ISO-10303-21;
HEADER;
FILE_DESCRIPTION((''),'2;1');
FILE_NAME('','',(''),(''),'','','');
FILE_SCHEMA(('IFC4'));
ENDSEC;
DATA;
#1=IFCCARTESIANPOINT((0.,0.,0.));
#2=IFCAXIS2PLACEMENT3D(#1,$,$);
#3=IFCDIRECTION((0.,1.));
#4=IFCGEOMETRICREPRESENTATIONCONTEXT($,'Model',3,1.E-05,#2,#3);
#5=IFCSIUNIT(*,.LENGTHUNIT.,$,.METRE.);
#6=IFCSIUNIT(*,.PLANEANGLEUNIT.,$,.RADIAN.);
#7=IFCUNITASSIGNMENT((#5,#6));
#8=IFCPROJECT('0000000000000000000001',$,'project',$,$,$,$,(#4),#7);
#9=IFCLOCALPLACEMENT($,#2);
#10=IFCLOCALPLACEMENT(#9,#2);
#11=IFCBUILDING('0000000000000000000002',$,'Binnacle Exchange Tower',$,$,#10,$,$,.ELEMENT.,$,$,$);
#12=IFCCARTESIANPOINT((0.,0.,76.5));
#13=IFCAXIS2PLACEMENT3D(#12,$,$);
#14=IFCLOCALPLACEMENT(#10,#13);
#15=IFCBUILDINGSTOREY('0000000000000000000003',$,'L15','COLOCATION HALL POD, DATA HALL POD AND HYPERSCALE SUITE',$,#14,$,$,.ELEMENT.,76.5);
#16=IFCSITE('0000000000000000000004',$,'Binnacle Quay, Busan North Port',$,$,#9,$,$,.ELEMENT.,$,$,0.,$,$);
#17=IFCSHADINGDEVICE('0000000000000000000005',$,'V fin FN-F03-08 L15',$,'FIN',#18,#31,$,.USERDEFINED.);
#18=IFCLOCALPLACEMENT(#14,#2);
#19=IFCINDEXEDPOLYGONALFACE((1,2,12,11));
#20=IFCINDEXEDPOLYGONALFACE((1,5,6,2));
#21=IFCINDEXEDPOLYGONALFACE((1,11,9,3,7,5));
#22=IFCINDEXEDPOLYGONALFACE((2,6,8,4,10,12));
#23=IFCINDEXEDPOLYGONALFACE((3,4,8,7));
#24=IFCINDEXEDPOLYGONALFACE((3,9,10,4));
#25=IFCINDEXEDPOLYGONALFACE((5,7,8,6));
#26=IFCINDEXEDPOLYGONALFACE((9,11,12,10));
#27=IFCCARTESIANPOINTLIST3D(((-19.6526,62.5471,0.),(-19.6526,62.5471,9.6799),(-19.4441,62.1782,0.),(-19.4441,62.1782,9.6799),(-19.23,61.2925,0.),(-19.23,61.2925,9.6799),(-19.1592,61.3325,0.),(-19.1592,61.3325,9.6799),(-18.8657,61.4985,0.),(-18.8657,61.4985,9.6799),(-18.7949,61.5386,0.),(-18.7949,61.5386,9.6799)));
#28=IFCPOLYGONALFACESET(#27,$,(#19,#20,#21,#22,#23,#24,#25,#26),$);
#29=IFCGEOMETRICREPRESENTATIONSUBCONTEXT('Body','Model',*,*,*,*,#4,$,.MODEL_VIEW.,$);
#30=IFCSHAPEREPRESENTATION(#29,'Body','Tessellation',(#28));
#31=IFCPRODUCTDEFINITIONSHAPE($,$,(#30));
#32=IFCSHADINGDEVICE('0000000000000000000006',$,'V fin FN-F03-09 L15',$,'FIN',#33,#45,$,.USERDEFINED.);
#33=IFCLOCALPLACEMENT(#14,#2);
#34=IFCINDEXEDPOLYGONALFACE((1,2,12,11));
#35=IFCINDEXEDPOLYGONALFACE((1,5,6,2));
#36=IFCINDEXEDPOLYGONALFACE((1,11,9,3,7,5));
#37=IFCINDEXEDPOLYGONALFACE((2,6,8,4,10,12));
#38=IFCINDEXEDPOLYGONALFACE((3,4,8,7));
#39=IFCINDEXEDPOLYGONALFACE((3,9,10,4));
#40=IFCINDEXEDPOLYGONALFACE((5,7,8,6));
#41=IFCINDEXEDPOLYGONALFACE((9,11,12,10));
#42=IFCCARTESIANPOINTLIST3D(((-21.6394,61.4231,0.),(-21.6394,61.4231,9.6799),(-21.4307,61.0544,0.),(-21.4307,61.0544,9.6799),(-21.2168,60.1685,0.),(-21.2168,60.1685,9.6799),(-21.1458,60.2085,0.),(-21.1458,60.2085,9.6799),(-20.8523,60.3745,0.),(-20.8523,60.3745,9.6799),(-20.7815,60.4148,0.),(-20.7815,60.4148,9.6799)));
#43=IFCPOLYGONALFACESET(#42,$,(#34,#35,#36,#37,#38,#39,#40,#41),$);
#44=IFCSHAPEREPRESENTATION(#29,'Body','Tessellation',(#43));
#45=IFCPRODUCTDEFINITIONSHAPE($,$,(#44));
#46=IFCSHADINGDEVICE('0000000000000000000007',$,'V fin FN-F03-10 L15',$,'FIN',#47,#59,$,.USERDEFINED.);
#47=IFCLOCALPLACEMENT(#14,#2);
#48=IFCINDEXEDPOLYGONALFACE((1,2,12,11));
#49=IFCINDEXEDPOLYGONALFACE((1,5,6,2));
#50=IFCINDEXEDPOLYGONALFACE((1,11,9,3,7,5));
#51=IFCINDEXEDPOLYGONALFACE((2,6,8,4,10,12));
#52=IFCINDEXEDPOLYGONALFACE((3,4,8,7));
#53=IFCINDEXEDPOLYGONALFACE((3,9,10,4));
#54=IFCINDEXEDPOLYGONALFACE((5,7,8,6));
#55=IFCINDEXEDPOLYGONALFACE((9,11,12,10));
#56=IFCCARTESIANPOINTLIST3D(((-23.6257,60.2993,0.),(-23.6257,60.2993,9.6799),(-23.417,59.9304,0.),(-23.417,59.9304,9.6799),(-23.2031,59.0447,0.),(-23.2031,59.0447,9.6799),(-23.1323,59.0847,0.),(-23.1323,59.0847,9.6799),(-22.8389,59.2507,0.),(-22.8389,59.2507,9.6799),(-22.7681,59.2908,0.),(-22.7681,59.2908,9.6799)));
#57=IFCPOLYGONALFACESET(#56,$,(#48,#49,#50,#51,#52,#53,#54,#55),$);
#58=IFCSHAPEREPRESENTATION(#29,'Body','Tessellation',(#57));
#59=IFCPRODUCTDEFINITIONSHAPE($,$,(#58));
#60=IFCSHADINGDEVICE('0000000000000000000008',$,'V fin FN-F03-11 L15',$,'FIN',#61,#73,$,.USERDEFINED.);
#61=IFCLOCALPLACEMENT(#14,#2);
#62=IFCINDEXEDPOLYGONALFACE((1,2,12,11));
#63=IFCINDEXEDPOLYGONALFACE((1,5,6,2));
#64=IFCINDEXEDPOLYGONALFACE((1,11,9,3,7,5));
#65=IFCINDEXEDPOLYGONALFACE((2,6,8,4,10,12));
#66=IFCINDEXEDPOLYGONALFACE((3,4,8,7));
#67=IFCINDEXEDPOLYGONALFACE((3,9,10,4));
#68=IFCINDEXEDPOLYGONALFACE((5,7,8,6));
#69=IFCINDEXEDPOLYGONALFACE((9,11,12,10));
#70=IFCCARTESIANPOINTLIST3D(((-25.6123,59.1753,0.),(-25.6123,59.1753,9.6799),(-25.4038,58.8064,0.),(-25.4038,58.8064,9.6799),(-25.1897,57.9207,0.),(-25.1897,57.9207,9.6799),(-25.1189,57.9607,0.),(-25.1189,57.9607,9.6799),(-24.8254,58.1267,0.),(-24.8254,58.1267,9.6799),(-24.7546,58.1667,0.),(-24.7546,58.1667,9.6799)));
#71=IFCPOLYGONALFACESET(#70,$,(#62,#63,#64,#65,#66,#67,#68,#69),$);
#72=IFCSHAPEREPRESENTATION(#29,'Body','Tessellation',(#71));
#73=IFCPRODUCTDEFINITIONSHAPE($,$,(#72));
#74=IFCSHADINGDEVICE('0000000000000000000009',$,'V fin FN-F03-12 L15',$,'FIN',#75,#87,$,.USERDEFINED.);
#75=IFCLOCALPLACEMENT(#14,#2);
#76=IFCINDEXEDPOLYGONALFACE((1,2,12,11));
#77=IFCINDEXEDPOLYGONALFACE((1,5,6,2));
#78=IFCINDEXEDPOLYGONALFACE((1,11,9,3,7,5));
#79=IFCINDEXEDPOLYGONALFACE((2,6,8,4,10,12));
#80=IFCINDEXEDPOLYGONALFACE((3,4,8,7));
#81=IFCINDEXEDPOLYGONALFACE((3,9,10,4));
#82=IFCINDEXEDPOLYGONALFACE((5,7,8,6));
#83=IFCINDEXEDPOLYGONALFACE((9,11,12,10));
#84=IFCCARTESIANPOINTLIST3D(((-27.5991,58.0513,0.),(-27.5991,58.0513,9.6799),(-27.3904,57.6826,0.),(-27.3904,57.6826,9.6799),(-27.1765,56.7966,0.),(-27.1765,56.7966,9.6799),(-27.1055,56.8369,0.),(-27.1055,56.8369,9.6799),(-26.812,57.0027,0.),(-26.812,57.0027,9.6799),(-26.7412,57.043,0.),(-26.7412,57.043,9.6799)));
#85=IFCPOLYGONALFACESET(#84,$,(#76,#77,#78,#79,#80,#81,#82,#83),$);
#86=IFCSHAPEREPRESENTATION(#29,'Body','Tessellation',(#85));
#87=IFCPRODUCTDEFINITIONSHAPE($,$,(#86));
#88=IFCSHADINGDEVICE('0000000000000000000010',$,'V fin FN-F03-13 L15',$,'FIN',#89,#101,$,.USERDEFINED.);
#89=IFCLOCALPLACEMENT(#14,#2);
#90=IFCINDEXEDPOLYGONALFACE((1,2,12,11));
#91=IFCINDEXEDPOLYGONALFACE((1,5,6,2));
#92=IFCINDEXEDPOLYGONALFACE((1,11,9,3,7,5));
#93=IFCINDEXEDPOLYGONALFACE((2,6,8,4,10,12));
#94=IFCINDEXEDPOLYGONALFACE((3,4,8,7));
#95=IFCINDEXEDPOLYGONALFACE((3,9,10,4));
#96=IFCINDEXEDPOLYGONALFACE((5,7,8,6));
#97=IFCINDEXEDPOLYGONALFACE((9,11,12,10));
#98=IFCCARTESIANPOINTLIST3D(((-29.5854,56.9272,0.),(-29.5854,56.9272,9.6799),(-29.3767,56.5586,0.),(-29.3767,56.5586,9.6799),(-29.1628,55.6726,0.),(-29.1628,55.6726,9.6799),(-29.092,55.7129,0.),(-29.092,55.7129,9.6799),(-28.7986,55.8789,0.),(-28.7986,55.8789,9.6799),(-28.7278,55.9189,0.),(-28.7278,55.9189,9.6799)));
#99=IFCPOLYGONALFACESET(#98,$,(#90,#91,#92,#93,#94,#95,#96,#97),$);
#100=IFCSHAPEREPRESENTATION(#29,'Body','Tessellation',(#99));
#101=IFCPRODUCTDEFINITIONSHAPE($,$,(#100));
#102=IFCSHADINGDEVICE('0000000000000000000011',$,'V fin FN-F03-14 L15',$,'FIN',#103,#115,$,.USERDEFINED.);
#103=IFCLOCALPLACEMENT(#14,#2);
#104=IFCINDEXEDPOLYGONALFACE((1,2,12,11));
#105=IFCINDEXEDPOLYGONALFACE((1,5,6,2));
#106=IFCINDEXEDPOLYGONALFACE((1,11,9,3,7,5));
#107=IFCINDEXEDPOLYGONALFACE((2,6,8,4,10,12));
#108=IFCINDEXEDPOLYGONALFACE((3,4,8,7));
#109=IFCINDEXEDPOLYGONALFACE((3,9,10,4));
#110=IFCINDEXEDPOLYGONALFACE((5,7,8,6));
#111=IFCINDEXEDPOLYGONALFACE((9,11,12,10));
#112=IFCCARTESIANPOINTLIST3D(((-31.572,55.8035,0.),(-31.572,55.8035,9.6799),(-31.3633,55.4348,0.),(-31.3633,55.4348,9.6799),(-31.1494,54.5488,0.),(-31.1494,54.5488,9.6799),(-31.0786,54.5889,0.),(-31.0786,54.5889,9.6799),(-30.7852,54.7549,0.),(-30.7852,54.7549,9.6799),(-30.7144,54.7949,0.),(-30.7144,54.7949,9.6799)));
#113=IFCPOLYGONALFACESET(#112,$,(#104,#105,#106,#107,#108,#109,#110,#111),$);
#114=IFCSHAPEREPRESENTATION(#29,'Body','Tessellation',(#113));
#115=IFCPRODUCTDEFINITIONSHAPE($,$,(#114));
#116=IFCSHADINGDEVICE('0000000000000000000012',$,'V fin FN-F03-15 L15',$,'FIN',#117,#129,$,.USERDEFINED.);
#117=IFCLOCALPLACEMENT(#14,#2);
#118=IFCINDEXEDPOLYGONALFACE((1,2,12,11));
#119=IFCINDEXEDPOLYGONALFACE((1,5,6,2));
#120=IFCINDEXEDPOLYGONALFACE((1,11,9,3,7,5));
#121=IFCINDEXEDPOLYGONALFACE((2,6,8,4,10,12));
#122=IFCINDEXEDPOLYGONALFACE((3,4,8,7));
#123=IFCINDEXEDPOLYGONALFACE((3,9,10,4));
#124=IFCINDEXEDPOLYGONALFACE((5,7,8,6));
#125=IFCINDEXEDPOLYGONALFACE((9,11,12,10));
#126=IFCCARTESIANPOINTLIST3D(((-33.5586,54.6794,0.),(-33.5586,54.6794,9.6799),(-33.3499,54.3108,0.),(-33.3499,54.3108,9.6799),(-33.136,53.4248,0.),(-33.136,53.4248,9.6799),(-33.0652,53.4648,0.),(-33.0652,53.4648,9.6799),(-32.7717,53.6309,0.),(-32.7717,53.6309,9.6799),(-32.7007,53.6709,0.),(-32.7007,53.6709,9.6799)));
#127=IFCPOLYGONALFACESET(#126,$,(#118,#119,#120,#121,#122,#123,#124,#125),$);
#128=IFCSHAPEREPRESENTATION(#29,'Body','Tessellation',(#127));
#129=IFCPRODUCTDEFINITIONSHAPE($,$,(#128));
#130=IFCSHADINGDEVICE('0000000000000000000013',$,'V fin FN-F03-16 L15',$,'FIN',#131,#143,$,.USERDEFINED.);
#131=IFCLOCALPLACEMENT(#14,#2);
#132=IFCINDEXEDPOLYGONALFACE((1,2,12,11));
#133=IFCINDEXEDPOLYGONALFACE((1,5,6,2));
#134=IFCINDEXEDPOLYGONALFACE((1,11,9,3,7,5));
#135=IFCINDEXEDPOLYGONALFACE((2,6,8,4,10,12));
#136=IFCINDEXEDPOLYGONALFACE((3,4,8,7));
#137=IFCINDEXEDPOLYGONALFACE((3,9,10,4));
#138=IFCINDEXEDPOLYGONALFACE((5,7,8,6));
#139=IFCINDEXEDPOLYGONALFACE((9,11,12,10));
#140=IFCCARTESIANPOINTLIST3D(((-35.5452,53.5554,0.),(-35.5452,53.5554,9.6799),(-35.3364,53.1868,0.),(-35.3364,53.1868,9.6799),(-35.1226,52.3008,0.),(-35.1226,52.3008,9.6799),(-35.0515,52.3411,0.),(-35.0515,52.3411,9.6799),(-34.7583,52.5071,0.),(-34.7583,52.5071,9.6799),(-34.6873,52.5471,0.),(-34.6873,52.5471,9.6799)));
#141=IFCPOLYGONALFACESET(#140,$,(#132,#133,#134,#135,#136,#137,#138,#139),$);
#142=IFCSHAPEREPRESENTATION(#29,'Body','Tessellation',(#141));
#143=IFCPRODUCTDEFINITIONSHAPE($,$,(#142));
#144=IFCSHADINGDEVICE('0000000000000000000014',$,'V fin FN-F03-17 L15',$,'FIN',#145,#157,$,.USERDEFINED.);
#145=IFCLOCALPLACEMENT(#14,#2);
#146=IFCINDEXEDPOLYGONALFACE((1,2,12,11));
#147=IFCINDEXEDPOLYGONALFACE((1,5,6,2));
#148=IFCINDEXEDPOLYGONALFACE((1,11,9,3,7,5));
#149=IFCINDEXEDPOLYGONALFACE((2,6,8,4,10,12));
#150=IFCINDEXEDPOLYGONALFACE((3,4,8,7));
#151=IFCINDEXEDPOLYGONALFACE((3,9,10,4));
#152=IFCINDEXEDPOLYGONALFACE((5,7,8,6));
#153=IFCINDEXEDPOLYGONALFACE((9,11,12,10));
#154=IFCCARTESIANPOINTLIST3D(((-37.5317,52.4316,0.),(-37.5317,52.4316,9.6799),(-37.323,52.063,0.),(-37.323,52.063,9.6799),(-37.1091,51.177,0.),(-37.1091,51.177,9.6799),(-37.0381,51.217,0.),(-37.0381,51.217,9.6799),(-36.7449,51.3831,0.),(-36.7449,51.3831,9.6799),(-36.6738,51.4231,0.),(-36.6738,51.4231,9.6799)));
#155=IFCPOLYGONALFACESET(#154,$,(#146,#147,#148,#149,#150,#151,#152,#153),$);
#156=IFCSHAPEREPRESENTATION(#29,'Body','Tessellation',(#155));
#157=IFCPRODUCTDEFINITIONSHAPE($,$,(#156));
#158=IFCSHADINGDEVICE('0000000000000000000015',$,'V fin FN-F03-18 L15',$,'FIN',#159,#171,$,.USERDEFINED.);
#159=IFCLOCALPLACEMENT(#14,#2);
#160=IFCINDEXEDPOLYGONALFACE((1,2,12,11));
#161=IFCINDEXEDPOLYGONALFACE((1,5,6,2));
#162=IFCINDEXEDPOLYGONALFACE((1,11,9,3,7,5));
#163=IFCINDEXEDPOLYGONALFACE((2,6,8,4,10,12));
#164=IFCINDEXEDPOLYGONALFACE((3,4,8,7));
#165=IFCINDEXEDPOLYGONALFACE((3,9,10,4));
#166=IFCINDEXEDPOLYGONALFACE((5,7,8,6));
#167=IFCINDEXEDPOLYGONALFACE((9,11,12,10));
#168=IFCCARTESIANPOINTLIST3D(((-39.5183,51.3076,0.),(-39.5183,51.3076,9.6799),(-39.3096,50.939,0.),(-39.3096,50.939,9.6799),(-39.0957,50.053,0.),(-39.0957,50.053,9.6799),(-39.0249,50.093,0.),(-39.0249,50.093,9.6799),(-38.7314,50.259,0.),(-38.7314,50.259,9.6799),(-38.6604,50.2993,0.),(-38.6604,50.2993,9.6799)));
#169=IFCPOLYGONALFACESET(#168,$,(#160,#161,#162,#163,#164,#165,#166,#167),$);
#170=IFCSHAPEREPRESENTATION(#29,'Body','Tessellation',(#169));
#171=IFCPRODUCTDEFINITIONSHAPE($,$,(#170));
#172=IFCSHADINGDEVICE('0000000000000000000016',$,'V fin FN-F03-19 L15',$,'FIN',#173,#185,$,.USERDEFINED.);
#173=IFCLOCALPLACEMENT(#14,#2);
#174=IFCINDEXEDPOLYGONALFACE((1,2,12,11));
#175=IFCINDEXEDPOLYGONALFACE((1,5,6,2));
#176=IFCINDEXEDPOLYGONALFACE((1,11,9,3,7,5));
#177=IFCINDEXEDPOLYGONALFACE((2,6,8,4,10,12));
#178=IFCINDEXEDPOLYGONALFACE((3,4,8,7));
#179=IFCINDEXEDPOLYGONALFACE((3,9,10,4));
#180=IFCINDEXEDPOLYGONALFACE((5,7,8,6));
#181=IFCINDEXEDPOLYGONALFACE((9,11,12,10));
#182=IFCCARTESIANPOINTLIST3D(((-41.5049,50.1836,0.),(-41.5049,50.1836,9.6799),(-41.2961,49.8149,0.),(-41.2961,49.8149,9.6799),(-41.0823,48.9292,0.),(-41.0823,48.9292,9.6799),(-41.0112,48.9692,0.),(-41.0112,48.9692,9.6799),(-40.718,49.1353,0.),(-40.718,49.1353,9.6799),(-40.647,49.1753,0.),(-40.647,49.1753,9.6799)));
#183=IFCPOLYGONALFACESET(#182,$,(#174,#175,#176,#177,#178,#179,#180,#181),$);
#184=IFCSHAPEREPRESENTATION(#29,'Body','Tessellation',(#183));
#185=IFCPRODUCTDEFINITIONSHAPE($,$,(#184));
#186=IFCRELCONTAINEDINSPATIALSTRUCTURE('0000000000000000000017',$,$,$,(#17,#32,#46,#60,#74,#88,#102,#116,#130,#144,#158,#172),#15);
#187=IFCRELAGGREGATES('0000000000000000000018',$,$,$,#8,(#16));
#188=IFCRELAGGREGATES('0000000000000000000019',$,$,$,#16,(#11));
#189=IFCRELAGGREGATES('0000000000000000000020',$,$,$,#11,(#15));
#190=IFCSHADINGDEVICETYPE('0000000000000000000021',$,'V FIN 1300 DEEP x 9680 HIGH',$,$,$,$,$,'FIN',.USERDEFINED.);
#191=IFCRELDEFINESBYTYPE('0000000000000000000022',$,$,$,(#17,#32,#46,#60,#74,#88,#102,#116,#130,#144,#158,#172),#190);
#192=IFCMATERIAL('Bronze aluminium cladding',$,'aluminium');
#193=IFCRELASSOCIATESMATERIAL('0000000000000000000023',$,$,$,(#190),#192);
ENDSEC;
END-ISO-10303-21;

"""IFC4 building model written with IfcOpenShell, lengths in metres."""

from ifc_helpers import new_model, si_unit, direction, frame, origin, place, context, subcontext, project, spatial, polyline, outline, extrude, material, type_object, element, save


model = new_model("IFC4")

# Units and contexts
model_context = context("Model", 3, precision=1e-05, world=origin(), true_north=direction((0.0, 1.0)))
body_context = subcontext(model_context, "Body", "Model", "MODEL_VIEW")
ifc_project = project(units=[si_unit("LENGTHUNIT", "METRE"), si_unit("PLANEANGLEUNIT", "RADIAN")], contexts=[model_context])

# Site, building, storey
site_placement = place(None, origin())
site = spatial("IfcSite", under=ifc_project, at=site_placement, Name="Binnacle Quay, Busan North Port", CompositionType="ELEMENT", RefElevation=0.0)
building_placement = place(site_placement, origin())
building = spatial("IfcBuilding", under=site, at=building_placement, Name="Binnacle Exchange Tower", CompositionType="ELEMENT")
storey_placement = place(building_placement, frame((0.0, 0.0, 76.5)))
storey = spatial("IfcBuildingStorey", under=building, at=storey_placement, Name="L15", Description="COLOCATION HALL POD, DATA HALL POD AND HYPERSCALE SUITE", CompositionType="ELEMENT", Elevation=76.5)

# Shading devices
ifc_material = material(Name="Bronze aluminium cladding", Category="aluminium")
shading_device_type = type_object("IfcShadingDeviceType", Name="V FIN 1300 DEEP x 9680 HIGH", ElementType="FIN", PredefinedType="USERDEFINED", material=ifc_material)
shading_device_1_placement = place(storey_placement, origin())
element("IfcShadingDevice", 1, at=shading_device_1_placement, inside=storey, type_object=shading_device_type, Name="V fin FN-F03-08 L15", ObjectType="FIN", PredefinedType="USERDEFINED", context=body_context, shape_type="SweptSolid", body=[
    extrude(outline(polyline([(-18.7949, 61.5386), (-19.6526, 62.5471), (-19.23, 61.2925), (-19.1592, 61.3325), (-19.4441, 62.1782), (-18.8657, 61.4985), (-18.7949, 61.5386)])), origin(), (0.0, 0.0, 1.0), 9.6799),
])
shading_device_2_placement = place(storey_placement, origin())
element("IfcShadingDevice", 2, at=shading_device_2_placement, inside=storey, type_object=shading_device_type, Name="V fin FN-F03-09 L15", ObjectType="FIN", PredefinedType="USERDEFINED", context=body_context, shape_type="SweptSolid", body=[
    extrude(outline(polyline([(-20.7815, 60.4148), (-21.6394, 61.4231), (-21.2168, 60.1685), (-21.1458, 60.2085), (-21.4307, 61.0544), (-20.8523, 60.3745), (-20.7815, 60.4148)])), origin(), (0.0, 0.0, 1.0), 9.6799),
])
shading_device_3_placement = place(storey_placement, origin())
element("IfcShadingDevice", 3, at=shading_device_3_placement, inside=storey, type_object=shading_device_type, Name="V fin FN-F03-10 L15", ObjectType="FIN", PredefinedType="USERDEFINED", context=body_context, shape_type="SweptSolid", body=[
    extrude(outline(polyline([(-22.7681, 59.2908), (-23.6257, 60.2993), (-23.2031, 59.0447), (-23.1323, 59.0847), (-23.417, 59.9304), (-22.8389, 59.2507), (-22.7681, 59.2908)])), origin(), (0.0, 0.0, 1.0), 9.6799),
])
shading_device_4_placement = place(storey_placement, origin())
element("IfcShadingDevice", 4, at=shading_device_4_placement, inside=storey, type_object=shading_device_type, Name="V fin FN-F03-11 L15", ObjectType="FIN", PredefinedType="USERDEFINED", context=body_context, shape_type="SweptSolid", body=[
    extrude(outline(polyline([(-24.7546, 58.1667), (-25.6123, 59.1753), (-25.1897, 57.9207), (-25.1189, 57.9607), (-25.4038, 58.8064), (-24.8254, 58.1267), (-24.7546, 58.1667)])), origin(), (0.0, 0.0, 1.0), 9.6799),
])
shading_device_5_placement = place(storey_placement, origin())
element("IfcShadingDevice", 5, at=shading_device_5_placement, inside=storey, type_object=shading_device_type, Name="V fin FN-F03-12 L15", ObjectType="FIN", PredefinedType="USERDEFINED", context=body_context, shape_type="SweptSolid", body=[
    extrude(outline(polyline([(-26.7412, 57.043), (-27.5991, 58.0513), (-27.1765, 56.7966), (-27.1055, 56.8369), (-27.3904, 57.6826), (-26.812, 57.0027), (-26.7412, 57.043)])), origin(), (0.0, 0.0, 1.0), 9.6799),
])
shading_device_6_placement = place(storey_placement, origin())
element("IfcShadingDevice", 6, at=shading_device_6_placement, inside=storey, type_object=shading_device_type, Name="V fin FN-F03-13 L15", ObjectType="FIN", PredefinedType="USERDEFINED", context=body_context, shape_type="SweptSolid", body=[
    extrude(outline(polyline([(-28.7278, 55.9189), (-29.5854, 56.9272), (-29.1628, 55.6726), (-29.092, 55.7129), (-29.3767, 56.5586), (-28.7986, 55.8789), (-28.7278, 55.9189)])), origin(), (0.0, 0.0, 1.0), 9.6799),
])
shading_device_7_placement = place(storey_placement, origin())
element("IfcShadingDevice", 7, at=shading_device_7_placement, inside=storey, type_object=shading_device_type, Name="V fin FN-F03-14 L15", ObjectType="FIN", PredefinedType="USERDEFINED", context=body_context, shape_type="SweptSolid", body=[
    extrude(outline(polyline([(-30.7144, 54.7949), (-31.572, 55.8035), (-31.1494, 54.5488), (-31.0786, 54.5889), (-31.3633, 55.4348), (-30.7852, 54.7549), (-30.7144, 54.7949)])), origin(), (0.0, 0.0, 1.0), 9.6799),
])
shading_device_8_placement = place(storey_placement, origin())
element("IfcShadingDevice", 8, at=shading_device_8_placement, inside=storey, type_object=shading_device_type, Name="V fin FN-F03-15 L15", ObjectType="FIN", PredefinedType="USERDEFINED", context=body_context, shape_type="SweptSolid", body=[
    extrude(outline(polyline([(-32.7007, 53.6709), (-33.5586, 54.6794), (-33.136, 53.4248), (-33.0652, 53.4648), (-33.3499, 54.3108), (-32.7717, 53.6309), (-32.7007, 53.6709)])), origin(), (0.0, 0.0, 1.0), 9.6799),
])
shading_device_9_placement = place(storey_placement, origin())
element("IfcShadingDevice", 9, at=shading_device_9_placement, inside=storey, type_object=shading_device_type, Name="V fin FN-F03-16 L15", ObjectType="FIN", PredefinedType="USERDEFINED", context=body_context, shape_type="SweptSolid", body=[
    extrude(outline(polyline([(-34.6873, 52.5471), (-35.5452, 53.5554), (-35.1226, 52.3008), (-35.0515, 52.3411), (-35.3364, 53.1868), (-34.7583, 52.5071), (-34.6873, 52.5471)])), origin(), (0.0, 0.0, 1.0), 9.6799),
])
shading_device_10_placement = place(storey_placement, origin())
element("IfcShadingDevice", 10, at=shading_device_10_placement, inside=storey, type_object=shading_device_type, Name="V fin FN-F03-17 L15", ObjectType="FIN", PredefinedType="USERDEFINED", context=body_context, shape_type="SweptSolid", body=[
    extrude(outline(polyline([(-36.6738, 51.4231), (-37.5317, 52.4316), (-37.1091, 51.177), (-37.0381, 51.217), (-37.323, 52.063), (-36.7449, 51.3831), (-36.6738, 51.4231)])), origin(), (0.0, 0.0, 1.0), 9.6799),
])
shading_device_11_placement = place(storey_placement, origin())
element("IfcShadingDevice", 11, at=shading_device_11_placement, inside=storey, type_object=shading_device_type, Name="V fin FN-F03-18 L15", ObjectType="FIN", PredefinedType="USERDEFINED", context=body_context, shape_type="SweptSolid", body=[
    extrude(outline(polyline([(-38.6604, 50.2993), (-39.5183, 51.3076), (-39.0957, 50.053), (-39.0249, 50.093), (-39.3096, 50.939), (-38.7314, 50.259), (-38.6604, 50.2993)])), origin(), (0.0, 0.0, 1.0), 9.6799),
])
shading_device_12_placement = place(storey_placement, origin())
element("IfcShadingDevice", 12, at=shading_device_12_placement, inside=storey, type_object=shading_device_type, Name="V fin FN-F03-19 L15", ObjectType="FIN", PredefinedType="USERDEFINED", context=body_context, shape_type="SweptSolid", body=[
    extrude(outline(polyline([(-40.647, 49.1753), (-41.5049, 50.1836), (-41.0823, 48.9292), (-41.0112, 48.9692), (-41.2961, 49.8149), (-40.718, 49.1353), (-40.647, 49.1753)])), origin(), (0.0, 0.0, 1.0), 9.6799),
])

save(model, "model.ifc")
